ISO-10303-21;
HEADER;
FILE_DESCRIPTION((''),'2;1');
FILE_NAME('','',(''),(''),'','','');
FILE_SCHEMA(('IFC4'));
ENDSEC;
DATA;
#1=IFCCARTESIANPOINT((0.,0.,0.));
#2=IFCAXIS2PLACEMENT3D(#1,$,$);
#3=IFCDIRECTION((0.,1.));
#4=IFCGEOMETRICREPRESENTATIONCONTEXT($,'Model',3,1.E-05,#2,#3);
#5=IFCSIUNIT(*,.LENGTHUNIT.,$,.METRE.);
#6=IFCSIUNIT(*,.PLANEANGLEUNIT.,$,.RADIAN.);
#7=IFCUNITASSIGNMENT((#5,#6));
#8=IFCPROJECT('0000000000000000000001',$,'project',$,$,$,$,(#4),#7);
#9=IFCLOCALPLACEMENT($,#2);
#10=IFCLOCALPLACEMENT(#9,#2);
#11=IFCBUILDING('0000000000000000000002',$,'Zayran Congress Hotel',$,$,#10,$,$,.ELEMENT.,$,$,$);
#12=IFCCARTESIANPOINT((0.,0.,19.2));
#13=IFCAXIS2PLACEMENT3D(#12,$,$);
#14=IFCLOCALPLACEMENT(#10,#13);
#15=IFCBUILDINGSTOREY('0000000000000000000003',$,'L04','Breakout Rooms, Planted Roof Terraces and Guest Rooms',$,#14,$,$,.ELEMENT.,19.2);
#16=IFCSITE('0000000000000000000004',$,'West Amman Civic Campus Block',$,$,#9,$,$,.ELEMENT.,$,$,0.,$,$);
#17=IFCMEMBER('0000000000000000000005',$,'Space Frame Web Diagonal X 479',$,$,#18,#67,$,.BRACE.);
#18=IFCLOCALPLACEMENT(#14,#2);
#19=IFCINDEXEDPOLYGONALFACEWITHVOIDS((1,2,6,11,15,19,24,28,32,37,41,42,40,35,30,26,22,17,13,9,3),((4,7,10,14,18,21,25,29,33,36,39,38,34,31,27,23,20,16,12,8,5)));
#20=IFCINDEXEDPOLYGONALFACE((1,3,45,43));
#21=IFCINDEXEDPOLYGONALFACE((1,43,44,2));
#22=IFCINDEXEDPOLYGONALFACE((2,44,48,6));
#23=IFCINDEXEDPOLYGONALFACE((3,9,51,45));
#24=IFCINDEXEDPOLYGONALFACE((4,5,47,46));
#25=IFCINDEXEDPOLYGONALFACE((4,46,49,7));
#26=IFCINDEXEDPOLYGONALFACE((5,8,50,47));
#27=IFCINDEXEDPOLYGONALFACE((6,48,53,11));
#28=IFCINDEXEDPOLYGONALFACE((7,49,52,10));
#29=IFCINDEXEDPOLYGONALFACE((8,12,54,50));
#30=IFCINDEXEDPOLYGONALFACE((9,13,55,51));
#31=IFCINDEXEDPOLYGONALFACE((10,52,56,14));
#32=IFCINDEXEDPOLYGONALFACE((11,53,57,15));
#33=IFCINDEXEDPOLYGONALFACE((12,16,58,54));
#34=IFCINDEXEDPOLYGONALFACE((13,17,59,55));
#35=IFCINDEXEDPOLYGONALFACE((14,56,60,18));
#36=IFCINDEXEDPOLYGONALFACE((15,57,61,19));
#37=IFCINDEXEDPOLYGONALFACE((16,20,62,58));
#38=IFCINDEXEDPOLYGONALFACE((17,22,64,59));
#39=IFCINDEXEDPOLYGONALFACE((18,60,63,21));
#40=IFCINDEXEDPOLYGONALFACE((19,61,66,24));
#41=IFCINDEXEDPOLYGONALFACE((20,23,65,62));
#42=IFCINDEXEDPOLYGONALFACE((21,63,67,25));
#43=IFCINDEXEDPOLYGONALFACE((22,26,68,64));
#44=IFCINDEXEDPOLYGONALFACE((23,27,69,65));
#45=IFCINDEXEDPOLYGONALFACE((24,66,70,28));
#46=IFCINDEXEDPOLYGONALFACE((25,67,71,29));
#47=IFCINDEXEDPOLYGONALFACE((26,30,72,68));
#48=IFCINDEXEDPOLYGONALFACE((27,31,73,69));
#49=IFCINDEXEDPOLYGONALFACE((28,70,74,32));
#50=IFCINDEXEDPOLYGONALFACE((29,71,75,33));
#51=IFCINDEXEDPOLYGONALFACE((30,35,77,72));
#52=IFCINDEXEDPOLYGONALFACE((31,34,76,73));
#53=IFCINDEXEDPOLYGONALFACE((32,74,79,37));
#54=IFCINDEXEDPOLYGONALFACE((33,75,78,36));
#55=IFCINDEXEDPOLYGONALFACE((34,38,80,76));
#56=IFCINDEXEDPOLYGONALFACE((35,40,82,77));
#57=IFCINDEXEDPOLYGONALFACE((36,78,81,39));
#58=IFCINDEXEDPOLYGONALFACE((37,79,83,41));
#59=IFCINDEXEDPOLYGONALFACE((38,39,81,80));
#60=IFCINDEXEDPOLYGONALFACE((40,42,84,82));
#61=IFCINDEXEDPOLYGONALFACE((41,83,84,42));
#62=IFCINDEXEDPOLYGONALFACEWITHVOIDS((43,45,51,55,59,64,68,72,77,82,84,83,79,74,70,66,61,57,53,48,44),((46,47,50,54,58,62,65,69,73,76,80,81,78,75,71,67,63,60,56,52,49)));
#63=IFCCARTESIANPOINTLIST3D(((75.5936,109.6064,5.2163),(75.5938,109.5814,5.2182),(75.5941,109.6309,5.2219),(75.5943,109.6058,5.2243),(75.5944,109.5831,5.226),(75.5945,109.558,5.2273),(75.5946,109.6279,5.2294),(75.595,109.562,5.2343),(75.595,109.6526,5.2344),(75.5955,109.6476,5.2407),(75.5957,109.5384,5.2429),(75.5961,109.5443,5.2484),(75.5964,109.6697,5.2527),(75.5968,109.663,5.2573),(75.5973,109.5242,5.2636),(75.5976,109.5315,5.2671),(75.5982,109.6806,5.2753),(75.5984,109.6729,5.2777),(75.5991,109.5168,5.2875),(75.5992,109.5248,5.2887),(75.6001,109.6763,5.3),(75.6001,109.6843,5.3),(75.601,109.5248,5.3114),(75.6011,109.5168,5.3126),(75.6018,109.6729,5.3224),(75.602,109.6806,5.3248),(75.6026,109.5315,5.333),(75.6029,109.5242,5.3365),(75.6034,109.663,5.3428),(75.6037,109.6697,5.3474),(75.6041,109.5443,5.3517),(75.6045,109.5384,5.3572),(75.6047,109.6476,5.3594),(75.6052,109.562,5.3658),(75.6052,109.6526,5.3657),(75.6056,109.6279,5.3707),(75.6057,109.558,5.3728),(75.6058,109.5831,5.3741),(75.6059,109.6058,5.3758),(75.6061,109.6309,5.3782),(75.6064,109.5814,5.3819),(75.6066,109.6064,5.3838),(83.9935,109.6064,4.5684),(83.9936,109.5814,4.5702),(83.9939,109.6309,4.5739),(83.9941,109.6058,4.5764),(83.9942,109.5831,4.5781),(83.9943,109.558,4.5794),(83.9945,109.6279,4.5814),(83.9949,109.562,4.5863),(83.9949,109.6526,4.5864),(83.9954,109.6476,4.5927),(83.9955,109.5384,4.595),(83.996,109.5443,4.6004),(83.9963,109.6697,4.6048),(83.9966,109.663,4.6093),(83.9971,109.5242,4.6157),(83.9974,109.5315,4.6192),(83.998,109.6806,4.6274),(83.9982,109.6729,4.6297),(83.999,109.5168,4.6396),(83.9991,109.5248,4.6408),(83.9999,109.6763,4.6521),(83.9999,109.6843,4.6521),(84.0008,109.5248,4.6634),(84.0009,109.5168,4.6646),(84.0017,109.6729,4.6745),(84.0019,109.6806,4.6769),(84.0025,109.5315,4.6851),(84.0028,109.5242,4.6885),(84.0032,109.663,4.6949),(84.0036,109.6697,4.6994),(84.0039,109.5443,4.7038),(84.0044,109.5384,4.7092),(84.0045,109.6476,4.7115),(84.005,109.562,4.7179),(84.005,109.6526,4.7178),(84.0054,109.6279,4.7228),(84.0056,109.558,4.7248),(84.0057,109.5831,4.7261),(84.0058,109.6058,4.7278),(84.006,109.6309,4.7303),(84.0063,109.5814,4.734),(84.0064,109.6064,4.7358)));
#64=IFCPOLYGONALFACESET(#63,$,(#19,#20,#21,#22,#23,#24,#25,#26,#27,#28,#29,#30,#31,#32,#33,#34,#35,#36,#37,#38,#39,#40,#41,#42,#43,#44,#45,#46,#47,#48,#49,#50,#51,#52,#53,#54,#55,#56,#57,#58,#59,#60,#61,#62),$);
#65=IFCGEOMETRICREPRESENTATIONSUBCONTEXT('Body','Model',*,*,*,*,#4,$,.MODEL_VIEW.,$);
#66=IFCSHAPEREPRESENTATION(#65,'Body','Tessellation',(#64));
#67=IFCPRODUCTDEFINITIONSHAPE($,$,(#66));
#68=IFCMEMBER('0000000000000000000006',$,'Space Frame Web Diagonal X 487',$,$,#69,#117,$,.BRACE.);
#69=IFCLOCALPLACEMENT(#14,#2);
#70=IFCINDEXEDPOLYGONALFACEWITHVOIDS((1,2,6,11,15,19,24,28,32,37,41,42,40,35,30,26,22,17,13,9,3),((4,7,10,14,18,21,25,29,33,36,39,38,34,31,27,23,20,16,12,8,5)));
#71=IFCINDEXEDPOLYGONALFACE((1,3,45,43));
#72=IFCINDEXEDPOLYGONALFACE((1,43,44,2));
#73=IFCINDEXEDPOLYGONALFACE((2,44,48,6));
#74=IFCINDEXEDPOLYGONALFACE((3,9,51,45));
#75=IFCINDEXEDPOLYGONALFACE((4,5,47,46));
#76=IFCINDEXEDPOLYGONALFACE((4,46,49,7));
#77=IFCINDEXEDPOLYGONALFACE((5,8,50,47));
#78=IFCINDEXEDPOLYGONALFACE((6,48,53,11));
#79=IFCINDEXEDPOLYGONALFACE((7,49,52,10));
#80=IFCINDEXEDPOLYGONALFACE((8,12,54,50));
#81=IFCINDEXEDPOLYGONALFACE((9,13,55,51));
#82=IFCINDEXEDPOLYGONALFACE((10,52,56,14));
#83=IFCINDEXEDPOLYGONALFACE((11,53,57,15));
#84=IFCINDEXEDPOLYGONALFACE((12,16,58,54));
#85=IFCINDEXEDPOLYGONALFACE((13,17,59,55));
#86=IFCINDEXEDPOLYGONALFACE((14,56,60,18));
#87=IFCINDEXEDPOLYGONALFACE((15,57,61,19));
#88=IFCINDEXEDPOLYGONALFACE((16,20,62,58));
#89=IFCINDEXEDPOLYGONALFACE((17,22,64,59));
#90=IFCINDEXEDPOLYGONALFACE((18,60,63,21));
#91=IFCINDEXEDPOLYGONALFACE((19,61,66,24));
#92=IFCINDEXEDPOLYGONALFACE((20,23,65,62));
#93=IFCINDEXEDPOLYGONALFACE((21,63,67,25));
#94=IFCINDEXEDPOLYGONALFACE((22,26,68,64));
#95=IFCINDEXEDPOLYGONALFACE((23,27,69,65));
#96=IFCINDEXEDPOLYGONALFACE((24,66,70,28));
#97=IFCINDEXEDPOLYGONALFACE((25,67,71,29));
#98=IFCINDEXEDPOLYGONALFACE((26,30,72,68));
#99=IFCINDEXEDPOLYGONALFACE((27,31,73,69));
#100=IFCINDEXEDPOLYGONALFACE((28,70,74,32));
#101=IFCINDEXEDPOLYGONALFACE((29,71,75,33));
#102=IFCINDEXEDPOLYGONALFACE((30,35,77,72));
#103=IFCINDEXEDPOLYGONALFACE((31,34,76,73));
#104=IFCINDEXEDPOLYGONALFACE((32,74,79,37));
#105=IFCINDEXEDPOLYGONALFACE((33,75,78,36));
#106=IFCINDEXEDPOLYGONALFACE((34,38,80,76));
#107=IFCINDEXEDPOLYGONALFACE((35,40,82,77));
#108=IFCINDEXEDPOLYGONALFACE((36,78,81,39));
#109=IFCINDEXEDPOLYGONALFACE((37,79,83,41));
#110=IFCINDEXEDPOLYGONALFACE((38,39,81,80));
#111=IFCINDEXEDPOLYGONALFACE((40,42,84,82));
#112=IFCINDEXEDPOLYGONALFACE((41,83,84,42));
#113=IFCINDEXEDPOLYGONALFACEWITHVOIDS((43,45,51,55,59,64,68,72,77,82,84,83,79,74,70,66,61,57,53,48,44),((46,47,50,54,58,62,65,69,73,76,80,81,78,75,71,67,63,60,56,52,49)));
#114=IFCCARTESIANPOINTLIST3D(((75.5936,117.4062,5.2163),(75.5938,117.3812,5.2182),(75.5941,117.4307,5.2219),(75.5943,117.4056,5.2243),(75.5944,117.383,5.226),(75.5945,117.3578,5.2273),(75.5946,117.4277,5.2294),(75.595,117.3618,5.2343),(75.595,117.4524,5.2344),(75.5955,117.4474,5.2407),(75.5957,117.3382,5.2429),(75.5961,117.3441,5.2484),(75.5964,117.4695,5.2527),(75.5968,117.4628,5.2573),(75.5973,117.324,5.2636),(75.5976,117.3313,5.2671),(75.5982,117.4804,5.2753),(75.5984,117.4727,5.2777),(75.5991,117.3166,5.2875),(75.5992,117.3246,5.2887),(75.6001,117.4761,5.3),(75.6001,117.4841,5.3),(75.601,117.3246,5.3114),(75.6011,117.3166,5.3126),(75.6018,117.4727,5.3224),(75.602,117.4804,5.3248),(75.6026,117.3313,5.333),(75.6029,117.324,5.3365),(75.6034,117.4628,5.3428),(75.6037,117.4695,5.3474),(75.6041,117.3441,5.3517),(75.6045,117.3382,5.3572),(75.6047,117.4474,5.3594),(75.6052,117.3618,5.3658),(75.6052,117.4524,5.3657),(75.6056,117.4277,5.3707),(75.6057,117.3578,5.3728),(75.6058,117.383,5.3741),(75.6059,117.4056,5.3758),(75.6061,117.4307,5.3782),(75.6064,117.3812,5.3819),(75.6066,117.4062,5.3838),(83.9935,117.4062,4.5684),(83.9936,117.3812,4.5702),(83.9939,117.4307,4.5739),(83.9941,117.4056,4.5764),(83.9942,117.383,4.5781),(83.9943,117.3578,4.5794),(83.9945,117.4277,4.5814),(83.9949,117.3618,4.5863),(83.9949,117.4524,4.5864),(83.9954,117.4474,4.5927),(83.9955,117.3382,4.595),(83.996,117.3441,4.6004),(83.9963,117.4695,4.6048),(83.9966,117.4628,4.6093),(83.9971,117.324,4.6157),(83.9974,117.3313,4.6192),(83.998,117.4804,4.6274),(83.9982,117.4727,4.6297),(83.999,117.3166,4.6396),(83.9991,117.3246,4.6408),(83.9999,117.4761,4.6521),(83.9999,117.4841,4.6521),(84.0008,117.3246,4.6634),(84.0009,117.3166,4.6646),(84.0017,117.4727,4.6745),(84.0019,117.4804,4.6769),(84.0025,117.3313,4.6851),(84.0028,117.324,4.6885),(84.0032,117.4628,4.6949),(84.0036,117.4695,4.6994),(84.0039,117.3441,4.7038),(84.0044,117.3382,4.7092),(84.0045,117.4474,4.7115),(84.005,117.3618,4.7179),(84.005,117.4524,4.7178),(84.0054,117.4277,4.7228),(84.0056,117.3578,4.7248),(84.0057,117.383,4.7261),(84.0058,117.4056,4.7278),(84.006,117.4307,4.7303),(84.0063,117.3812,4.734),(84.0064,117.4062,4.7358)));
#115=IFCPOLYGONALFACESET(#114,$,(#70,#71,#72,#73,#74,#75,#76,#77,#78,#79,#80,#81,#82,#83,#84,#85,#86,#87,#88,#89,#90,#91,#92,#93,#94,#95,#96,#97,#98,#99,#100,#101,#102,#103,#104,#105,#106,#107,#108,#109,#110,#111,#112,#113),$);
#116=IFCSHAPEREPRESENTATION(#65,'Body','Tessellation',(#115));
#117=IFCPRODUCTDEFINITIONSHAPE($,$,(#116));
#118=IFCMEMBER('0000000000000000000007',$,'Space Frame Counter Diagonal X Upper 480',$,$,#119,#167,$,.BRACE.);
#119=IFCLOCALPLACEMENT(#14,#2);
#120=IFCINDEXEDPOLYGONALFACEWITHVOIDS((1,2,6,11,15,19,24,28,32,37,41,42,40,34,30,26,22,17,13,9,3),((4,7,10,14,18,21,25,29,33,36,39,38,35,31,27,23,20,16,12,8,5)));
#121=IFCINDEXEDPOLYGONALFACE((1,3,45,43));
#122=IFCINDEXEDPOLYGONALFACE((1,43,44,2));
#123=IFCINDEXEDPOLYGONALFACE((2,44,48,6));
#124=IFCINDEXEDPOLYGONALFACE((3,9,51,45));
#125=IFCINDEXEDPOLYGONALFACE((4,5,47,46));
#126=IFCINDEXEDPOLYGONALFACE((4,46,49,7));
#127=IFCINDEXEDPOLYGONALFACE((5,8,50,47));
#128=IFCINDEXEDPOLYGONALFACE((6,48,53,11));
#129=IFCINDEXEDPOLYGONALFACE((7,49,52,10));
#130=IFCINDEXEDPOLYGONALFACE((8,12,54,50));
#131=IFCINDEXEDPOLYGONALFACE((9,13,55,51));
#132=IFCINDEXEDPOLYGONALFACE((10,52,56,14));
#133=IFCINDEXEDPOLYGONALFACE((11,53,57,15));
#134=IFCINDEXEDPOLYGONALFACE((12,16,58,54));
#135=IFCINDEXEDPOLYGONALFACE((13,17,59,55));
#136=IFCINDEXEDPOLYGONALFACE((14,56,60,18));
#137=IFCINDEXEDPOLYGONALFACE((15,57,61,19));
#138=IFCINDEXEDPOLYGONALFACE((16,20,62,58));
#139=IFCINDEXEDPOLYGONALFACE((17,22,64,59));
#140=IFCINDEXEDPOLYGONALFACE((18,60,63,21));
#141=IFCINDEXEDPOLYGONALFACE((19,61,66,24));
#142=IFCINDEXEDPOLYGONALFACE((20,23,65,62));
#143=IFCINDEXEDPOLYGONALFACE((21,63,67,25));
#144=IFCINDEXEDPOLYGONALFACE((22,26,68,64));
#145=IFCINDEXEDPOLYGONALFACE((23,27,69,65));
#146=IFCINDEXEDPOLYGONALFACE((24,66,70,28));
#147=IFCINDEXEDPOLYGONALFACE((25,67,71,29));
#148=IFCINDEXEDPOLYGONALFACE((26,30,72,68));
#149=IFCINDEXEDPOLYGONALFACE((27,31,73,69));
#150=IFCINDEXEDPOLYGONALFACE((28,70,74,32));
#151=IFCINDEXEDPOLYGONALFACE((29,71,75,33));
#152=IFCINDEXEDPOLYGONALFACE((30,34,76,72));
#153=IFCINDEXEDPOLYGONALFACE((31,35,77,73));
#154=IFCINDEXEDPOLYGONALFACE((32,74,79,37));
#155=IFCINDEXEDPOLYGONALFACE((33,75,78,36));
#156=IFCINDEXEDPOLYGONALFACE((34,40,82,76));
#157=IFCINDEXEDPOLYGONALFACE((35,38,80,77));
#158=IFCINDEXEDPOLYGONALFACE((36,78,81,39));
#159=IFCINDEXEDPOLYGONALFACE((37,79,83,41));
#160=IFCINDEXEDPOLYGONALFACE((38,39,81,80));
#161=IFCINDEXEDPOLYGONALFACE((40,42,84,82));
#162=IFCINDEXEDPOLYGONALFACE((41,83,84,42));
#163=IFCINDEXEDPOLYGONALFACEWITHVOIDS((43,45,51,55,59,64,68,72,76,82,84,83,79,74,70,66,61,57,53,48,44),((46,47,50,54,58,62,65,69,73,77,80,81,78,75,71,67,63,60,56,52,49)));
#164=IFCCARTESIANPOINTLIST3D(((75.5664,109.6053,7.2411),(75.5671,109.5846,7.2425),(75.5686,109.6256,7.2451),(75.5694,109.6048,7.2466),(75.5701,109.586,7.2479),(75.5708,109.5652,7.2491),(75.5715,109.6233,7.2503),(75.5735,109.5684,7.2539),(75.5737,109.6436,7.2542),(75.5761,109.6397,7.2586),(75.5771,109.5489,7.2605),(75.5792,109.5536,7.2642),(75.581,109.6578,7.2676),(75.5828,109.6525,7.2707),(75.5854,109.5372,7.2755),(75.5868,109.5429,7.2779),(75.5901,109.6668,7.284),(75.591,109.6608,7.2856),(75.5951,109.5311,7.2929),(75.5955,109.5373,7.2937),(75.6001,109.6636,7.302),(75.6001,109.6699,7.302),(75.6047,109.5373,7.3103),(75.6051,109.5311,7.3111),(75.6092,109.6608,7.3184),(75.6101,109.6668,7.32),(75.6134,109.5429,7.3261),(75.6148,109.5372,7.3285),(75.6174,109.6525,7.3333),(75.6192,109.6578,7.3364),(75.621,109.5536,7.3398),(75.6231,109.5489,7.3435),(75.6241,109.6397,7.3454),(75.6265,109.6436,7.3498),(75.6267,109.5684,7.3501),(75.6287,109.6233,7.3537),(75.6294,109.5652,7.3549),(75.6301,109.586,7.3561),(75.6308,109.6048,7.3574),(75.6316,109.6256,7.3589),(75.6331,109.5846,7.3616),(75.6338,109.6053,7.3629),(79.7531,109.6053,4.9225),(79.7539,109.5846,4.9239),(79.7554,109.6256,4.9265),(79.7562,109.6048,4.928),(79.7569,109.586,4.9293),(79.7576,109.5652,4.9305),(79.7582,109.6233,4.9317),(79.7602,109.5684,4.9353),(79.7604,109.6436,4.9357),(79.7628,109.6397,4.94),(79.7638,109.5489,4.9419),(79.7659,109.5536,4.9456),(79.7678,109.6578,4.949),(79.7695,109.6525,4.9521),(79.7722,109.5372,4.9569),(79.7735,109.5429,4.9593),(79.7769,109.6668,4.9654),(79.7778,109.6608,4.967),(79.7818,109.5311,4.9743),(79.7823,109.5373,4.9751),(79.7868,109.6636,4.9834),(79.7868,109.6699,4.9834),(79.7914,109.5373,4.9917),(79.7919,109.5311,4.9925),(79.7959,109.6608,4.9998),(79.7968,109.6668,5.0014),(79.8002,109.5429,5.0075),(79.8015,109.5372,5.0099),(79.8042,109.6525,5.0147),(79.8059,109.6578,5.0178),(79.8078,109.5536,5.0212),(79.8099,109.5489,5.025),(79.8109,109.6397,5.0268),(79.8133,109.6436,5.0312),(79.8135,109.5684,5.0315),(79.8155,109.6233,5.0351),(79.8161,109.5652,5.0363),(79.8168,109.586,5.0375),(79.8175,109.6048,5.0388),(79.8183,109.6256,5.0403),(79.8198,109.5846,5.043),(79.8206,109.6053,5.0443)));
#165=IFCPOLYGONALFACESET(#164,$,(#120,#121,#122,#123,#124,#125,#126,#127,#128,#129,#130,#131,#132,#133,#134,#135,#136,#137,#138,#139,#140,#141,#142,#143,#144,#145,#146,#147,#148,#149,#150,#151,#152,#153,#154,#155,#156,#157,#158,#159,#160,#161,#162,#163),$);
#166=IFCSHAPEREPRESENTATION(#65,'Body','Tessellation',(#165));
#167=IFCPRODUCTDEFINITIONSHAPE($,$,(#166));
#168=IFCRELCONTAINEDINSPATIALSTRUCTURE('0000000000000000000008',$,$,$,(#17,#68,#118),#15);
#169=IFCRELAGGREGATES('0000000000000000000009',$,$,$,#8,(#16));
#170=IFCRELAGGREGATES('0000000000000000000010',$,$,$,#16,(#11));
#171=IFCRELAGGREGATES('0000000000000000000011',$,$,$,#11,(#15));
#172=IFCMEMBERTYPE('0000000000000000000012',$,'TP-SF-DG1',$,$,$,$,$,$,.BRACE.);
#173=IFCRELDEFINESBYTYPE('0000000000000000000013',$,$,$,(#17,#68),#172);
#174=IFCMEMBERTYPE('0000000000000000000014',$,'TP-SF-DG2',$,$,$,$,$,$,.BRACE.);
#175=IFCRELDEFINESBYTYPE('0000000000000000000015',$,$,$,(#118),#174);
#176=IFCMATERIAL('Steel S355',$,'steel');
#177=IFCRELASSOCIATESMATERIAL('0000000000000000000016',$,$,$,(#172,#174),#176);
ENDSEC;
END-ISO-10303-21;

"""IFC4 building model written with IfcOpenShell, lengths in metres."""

from ifc_helpers import new_model, si_unit, direction, frame, origin, origin_2d, place, context, subcontext, project, spatial, hollow_circle, extrude, material, material_profile, profile_set, type_object, element, save


model = new_model("IFC4")

# Units and contexts
model_context = context("Model", 3, precision=1e-05, world=origin(), true_north=direction((0.0, 1.0)))
body_context = subcontext(model_context, "Body", "Model", "MODEL_VIEW")
ifc_project = project(units=[si_unit("LENGTHUNIT", "METRE"), si_unit("PLANEANGLEUNIT", "RADIAN")], contexts=[model_context])

# Site, building, storey
site_placement = place(None, origin())
site = spatial("IfcSite", under=ifc_project, at=site_placement, Name="West Amman Civic Campus Block", CompositionType="ELEMENT", RefElevation=0.0)
building_placement = place(site_placement, origin())
building = spatial("IfcBuilding", under=site, at=building_placement, Name="Zayran Congress Hotel", CompositionType="ELEMENT")
storey_placement = place(building_placement, frame((0.0, 0.0, 19.2)))
storey = spatial("IfcBuildingStorey", under=building, at=storey_placement, Name="L04", Description="Breakout Rooms, Planted Roof Terraces and Guest Rooms", CompositionType="ELEMENT", Elevation=19.2)

# Shared definitions
ifc_material_1 = material(Name="Steel S355", Category="steel")

# Members
ifc_material_profile_1 = material_profile(ifc_material_1, hollow_circle(Radius=0.0842, WallThickness=0.0081, at=origin_2d()), Name="CHS 168.3x8")
ifc_profile_set_1 = profile_set([ifc_material_profile_1], Name="Steel S355")
member_type_1 = type_object("IfcMemberType", Name="TP-SF-DG1", PredefinedType="BRACE", material=ifc_profile_set_1)
for number, where, z_axis, x_axis, name in (
    (1, (75.6001, 109.6001, 5.3), (0.997038, 0.0, -0.076909), (0.0, 1.0, 0.0), "Space Frame Web Diagonal X 479"),
    (2, (75.6001, 117.3999, 5.3), (0.997038, 0.0, -0.076909), (0.0, 1.0, 0.0), "Space Frame Web Diagonal X 487"),
):
    element("IfcMember", number, at=place(storey_placement, frame(where, z_axis=z_axis, x_axis=x_axis)), inside=storey, type_object=member_type_1, Name=name, PredefinedType="BRACE", context=body_context, shape_type="SweptSolid", body=[
        extrude(hollow_circle(Radius=0.0842, WallThickness=0.0081, at=origin_2d()), origin(), (0.0, 0.0, 1.0), 8.4248),
    ])
ifc_material_profile_2 = material_profile(ifc_material_1, hollow_circle(Radius=0.0698, WallThickness=0.0063, at=origin_2d()), Name="CHS 139.7x6.3")
ifc_profile_set_2 = profile_set([ifc_material_profile_2], Name="Steel S355")
member_type_2 = type_object("IfcMemberType", Name="TP-SF-DG2", PredefinedType="BRACE", material=ifc_profile_set_2)
member_1_placement = place(storey_placement, frame((75.6001, 109.6001, 7.302), z_axis=(0.874811, 0.0, -0.484464), x_axis=(0.0, 1.0, 0.0)))
element("IfcMember", 3, at=member_1_placement, inside=storey, type_object=member_type_2, Name="Space Frame Counter Diagonal X Upper 480", PredefinedType="BRACE", context=body_context, shape_type="SweptSolid", body=[
    extrude(hollow_circle(Radius=0.0698, WallThickness=0.0063, at=origin_2d()), origin(), (0.0, 0.0, 1.0), 4.7859),
])

save(model, "model.ifc")
